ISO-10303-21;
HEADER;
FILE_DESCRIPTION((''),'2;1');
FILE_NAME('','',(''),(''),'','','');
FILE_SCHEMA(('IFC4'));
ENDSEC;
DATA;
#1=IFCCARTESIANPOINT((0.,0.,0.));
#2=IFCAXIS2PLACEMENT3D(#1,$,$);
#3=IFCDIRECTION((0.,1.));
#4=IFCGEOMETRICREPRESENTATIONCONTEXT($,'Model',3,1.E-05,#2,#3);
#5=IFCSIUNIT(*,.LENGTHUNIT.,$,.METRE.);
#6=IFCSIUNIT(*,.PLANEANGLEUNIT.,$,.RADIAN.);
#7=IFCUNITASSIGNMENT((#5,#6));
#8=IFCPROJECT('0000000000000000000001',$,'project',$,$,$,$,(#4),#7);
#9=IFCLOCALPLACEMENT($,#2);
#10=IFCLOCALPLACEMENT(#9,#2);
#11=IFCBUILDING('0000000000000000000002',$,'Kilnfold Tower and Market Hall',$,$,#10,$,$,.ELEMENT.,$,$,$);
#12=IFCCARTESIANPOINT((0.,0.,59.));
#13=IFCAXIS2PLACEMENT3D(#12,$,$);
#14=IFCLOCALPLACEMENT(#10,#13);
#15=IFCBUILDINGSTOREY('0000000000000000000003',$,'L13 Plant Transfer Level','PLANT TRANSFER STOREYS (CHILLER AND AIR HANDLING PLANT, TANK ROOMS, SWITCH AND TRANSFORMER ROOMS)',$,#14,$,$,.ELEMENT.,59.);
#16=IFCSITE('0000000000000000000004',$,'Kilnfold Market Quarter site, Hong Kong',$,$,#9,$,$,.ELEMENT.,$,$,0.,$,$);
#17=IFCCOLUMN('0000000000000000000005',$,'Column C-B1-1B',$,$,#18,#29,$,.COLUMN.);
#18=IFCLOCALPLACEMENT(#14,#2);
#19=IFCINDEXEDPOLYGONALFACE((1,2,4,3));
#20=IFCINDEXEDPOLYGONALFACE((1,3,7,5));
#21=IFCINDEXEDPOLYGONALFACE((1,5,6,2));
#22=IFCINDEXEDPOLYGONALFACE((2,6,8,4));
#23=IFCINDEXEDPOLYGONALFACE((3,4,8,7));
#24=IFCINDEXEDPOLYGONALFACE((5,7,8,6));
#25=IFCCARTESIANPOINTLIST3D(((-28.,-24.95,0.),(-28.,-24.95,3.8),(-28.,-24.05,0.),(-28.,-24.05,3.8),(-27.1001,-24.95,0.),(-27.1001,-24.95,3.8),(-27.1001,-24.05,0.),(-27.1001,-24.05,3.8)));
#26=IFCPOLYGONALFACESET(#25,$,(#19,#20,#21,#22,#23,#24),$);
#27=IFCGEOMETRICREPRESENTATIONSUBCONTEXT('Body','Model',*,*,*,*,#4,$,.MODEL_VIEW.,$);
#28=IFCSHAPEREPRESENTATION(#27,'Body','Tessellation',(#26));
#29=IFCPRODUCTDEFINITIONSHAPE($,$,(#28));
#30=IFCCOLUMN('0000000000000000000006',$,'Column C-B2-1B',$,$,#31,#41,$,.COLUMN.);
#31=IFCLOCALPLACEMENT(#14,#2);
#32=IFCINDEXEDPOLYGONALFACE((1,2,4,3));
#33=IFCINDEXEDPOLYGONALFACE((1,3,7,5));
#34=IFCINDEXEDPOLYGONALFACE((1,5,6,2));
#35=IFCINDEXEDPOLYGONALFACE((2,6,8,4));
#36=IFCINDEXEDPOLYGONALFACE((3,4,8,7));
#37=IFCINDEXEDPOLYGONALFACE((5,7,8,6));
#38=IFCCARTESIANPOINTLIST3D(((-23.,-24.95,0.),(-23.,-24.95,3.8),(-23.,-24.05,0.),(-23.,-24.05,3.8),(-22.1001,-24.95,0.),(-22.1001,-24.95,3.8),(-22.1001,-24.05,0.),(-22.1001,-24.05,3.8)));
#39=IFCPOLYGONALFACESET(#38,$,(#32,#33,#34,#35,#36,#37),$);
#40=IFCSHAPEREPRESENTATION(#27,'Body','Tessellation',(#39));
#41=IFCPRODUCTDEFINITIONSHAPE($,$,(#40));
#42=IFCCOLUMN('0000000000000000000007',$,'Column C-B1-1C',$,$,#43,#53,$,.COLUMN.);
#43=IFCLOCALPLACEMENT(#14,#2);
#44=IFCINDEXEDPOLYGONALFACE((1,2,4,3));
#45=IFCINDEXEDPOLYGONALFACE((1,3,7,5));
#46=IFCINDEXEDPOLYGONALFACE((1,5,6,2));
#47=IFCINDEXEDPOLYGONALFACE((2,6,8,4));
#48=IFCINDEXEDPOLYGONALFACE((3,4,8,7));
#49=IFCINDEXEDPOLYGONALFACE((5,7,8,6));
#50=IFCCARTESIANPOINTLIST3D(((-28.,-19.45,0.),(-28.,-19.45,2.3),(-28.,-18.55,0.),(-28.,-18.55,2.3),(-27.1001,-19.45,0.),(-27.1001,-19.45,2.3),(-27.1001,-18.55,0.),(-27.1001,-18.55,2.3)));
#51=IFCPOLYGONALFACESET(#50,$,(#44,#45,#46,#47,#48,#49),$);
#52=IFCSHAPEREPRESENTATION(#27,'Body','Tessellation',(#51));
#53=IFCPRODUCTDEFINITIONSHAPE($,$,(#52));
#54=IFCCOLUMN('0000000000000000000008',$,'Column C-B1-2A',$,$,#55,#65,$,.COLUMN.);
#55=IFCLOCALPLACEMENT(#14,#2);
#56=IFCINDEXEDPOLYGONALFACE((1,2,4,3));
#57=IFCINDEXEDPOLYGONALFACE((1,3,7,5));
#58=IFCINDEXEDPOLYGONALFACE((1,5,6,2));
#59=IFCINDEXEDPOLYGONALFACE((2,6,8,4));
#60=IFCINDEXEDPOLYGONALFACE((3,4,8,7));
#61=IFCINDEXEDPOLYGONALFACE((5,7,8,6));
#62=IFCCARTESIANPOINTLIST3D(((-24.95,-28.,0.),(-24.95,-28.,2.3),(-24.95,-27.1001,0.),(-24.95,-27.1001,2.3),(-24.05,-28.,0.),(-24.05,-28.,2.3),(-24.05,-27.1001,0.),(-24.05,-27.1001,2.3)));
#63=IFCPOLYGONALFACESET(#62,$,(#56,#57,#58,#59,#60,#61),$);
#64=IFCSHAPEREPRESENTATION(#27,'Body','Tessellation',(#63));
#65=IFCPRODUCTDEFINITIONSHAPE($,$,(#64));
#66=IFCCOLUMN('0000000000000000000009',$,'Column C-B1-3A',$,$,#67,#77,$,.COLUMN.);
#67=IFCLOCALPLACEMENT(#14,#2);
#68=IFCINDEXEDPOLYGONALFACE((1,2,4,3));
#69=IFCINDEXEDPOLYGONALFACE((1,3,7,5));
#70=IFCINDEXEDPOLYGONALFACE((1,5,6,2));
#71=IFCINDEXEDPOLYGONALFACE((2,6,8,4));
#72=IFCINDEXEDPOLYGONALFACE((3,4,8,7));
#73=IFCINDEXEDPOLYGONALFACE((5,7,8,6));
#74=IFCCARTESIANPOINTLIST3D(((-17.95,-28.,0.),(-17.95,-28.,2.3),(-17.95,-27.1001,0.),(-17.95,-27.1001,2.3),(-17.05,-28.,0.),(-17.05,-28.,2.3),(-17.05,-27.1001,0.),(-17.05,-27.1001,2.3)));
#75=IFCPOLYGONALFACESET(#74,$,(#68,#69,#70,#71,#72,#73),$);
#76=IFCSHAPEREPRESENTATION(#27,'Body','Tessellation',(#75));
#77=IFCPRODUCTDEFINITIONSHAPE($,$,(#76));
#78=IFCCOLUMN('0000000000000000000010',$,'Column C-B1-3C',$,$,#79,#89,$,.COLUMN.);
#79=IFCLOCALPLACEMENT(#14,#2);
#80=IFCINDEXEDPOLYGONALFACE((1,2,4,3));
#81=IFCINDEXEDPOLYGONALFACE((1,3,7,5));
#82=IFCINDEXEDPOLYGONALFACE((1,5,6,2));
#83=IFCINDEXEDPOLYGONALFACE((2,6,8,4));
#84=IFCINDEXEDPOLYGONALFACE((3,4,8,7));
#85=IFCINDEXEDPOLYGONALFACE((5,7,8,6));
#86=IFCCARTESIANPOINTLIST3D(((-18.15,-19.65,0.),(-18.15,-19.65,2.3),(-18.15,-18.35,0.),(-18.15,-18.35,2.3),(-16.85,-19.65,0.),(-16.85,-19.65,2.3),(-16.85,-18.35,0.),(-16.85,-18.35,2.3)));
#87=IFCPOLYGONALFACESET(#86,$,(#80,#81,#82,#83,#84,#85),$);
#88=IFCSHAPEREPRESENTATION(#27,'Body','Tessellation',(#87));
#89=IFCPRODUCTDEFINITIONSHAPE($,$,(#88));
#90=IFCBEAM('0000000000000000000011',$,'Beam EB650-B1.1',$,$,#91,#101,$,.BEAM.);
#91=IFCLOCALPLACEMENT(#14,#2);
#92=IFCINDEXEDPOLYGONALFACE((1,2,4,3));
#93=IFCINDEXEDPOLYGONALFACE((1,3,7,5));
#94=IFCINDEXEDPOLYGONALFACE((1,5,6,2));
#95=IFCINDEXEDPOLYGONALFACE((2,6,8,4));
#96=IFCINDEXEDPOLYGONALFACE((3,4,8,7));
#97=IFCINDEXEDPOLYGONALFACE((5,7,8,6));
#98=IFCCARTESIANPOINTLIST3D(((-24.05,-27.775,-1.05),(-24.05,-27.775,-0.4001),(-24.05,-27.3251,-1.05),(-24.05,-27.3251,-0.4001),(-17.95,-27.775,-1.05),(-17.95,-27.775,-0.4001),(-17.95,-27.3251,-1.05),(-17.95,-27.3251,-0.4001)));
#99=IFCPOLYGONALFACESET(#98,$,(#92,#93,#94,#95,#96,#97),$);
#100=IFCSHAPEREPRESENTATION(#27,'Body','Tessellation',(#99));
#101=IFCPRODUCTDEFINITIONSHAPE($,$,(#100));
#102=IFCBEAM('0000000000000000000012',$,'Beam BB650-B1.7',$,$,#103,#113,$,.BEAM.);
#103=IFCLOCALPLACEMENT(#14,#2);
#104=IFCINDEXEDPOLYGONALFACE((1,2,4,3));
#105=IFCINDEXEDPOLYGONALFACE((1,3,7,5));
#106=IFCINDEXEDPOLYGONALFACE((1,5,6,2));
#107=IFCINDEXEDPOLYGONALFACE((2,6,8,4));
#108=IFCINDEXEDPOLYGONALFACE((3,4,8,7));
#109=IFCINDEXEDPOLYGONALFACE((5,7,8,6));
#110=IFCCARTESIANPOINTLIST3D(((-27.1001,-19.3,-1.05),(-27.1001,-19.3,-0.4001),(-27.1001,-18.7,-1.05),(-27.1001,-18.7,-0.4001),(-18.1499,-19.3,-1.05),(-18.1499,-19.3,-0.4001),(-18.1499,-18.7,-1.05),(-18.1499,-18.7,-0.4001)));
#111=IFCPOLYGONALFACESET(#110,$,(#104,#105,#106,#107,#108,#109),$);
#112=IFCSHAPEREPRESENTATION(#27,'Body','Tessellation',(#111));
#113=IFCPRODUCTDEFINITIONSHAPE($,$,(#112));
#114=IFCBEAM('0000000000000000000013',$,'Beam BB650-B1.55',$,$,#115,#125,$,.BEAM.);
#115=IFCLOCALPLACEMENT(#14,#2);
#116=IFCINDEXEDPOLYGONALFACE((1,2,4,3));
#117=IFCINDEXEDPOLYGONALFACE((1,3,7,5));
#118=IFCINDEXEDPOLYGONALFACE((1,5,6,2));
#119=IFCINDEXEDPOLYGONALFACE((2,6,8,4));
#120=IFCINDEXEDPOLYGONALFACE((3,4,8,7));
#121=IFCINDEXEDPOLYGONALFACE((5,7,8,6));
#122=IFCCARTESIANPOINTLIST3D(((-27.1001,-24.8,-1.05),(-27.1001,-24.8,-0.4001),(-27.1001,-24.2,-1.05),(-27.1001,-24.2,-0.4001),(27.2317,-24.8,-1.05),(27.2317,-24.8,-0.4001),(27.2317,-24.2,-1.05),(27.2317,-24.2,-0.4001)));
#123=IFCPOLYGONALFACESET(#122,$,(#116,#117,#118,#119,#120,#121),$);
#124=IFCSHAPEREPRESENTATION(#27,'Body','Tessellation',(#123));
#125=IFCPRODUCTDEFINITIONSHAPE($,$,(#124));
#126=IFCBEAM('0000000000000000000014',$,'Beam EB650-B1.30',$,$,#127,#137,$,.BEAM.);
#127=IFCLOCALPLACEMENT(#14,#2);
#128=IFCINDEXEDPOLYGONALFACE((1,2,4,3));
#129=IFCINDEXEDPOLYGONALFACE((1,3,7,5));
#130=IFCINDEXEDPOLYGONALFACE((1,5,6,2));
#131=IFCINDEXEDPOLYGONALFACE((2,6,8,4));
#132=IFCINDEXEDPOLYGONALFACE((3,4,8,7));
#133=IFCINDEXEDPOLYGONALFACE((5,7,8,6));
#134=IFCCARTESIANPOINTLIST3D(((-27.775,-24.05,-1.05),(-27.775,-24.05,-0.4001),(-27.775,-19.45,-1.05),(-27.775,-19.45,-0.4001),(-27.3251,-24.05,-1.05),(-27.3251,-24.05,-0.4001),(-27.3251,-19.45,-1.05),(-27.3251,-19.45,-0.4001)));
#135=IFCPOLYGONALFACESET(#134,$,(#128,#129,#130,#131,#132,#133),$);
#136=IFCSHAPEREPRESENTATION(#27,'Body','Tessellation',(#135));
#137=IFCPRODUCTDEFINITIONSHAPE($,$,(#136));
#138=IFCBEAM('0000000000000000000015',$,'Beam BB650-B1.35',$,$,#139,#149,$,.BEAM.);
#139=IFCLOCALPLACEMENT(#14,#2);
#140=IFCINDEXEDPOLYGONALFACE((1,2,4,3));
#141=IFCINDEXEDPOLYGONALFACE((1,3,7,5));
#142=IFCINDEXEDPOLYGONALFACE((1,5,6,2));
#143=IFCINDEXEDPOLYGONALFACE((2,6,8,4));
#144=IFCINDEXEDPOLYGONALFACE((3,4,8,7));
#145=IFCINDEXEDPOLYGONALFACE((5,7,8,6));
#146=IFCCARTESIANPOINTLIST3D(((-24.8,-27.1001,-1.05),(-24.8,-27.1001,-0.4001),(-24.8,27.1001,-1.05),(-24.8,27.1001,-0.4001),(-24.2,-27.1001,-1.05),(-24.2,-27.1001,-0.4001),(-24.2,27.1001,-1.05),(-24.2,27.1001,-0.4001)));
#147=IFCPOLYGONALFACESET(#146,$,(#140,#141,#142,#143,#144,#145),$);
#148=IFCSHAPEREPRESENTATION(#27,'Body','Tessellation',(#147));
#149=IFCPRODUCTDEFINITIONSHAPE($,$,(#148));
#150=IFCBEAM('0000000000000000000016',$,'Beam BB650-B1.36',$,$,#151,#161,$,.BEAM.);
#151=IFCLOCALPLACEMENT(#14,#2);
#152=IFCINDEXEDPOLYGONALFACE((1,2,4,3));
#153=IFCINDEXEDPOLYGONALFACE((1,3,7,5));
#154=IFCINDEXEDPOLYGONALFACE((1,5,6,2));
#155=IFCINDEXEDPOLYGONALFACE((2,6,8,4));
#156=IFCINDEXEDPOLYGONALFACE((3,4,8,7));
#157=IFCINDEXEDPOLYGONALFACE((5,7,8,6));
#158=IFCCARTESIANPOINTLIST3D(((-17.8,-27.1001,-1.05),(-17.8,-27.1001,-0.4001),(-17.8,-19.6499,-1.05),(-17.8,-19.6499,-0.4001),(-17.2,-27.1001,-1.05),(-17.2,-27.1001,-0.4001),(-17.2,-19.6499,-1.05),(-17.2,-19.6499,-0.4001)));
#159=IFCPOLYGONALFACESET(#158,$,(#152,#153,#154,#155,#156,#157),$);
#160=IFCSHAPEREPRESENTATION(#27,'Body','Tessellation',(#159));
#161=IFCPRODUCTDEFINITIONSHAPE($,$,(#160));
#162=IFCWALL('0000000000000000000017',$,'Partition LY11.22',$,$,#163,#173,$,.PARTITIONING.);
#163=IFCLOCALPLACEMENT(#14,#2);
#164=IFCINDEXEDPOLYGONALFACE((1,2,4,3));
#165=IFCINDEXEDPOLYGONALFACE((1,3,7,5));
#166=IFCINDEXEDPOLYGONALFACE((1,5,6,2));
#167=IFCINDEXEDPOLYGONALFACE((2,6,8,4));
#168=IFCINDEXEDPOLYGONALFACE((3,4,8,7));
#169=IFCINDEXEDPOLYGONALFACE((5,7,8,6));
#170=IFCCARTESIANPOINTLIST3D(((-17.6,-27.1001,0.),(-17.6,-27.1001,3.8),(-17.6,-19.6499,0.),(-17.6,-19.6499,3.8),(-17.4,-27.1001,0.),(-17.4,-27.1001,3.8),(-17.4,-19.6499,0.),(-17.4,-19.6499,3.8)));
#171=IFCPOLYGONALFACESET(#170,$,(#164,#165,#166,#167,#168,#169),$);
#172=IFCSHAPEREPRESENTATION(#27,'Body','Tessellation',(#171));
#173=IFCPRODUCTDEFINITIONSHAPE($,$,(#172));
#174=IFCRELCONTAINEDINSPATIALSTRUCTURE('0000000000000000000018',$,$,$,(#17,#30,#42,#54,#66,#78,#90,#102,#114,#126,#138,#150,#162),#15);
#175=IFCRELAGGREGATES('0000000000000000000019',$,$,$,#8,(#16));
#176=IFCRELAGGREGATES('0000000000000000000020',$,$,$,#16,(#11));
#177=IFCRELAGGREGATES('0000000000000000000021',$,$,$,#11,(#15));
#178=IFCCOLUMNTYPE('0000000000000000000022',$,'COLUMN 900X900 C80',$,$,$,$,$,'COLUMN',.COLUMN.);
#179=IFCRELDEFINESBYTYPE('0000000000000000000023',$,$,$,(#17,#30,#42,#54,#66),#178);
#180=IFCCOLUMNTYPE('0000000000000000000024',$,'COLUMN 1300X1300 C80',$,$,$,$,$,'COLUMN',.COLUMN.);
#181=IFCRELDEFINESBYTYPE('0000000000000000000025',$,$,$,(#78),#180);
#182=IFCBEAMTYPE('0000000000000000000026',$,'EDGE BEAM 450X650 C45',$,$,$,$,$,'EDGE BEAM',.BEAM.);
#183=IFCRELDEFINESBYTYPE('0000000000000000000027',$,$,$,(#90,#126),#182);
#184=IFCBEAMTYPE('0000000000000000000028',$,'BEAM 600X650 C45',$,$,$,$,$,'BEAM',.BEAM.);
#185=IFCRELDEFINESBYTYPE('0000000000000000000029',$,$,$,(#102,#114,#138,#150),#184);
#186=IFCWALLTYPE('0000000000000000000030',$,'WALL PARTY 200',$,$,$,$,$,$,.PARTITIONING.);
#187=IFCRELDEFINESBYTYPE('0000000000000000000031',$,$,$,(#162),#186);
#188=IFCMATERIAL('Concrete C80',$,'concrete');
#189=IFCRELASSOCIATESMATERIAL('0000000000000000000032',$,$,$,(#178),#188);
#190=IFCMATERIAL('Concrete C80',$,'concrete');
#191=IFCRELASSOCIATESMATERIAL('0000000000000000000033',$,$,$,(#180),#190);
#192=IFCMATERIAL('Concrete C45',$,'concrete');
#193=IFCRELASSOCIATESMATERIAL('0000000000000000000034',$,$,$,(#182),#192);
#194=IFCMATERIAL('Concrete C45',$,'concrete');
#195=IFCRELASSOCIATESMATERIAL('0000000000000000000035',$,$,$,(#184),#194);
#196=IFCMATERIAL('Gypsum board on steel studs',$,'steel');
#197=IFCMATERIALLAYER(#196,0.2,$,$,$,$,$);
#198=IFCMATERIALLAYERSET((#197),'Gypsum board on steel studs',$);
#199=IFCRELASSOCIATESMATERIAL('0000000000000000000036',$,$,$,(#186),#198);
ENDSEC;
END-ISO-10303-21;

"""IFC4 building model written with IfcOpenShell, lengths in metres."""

from ifc_helpers import new_model, si_unit, direction, frame, frame_2d, origin, origin_2d, place, context, subcontext, project, spatial, rectangle, extrude, source, transform, mapped, material, layer, layer_set, material_profile, profile_set, type_object, element, save


model = new_model("IFC4")

# Units and contexts
model_context = context("Model", 3, precision=1e-05, world=origin(), true_north=direction((0.0, 1.0)))
body_context = subcontext(model_context, "Body", "Model", "MODEL_VIEW")
ifc_project = project(units=[si_unit("LENGTHUNIT", "METRE"), si_unit("PLANEANGLEUNIT", "RADIAN")], contexts=[model_context])

# Site, building, storey
site_placement = place(None, origin())
site = spatial("IfcSite", under=ifc_project, at=site_placement, Name="Kilnfold Market Quarter site, Hong Kong", CompositionType="ELEMENT", RefElevation=0.0)
building_placement = place(site_placement, origin())
building = spatial("IfcBuilding", under=site, at=building_placement, Name="Kilnfold Tower and Market Hall", CompositionType="ELEMENT")
storey_placement = place(building_placement, frame((0.0, 0.0, 59.0)))
storey = spatial("IfcBuildingStorey", under=building, at=storey_placement, Name="L13 Plant Transfer Level", Description="PLANT TRANSFER STOREYS (CHILLER AND AIR HANDLING PLANT, TANK ROOMS, SWITCH AND TRANSFORMER ROOMS)", CompositionType="ELEMENT", Elevation=59.0)

# Columns
ifc_material_1 = material(Name="Concrete C80", Category="concrete")
ifc_material_profile_1 = material_profile(ifc_material_1, rectangle(XDim=0.8999, YDim=0.8999, at=origin_2d()), Name="RC 900x900")
ifc_profile_set_1 = profile_set([ifc_material_profile_1], Name="Concrete C80")
column_type_1 = type_object("IfcColumnType", Name="COLUMN 900X900 C80", ElementType="COLUMN", PredefinedType="COLUMN", material=ifc_profile_set_1)
shared_shape_1 = source(origin(), body_context, "Body", "SweptSolid", [
    extrude(rectangle(XDim=0.8999, YDim=0.8999, at=origin_2d()), origin(), (0.0, 0.0, 1.0), 3.8),
])
for number, where, z_axis, x_axis, name in (
    (1, (-27.55, -24.5, 0.0), (0.0, 0.0, 1.0), (1.0, 0.0, 0.0), "Column C-B1-1B"),
    (2, (-22.55, -24.5, 0.0), (0.0, 0.0, 1.0), (1.0, 0.0, 0.0), "Column C-B2-1B"),
):
    element("IfcColumn", number, at=place(storey_placement, frame(where, z_axis=z_axis, x_axis=x_axis)), inside=storey, type_object=column_type_1, Name=name, PredefinedType="COLUMN", context=body_context, shape_type="MappedRepresentation", body=[
        mapped(shared_shape_1, transform((0.0, 0.0, 0.0))),
    ])
shared_shape_2 = source(origin(), body_context, "Body", "SweptSolid", [
    extrude(rectangle(XDim=0.8999, YDim=0.8999, at=origin_2d()), origin(), (0.0, 0.0, 1.0), 2.3),
])
for number, where, z_axis, x_axis, name in (
    (3, (-27.55, -19.0, 0.0), (0.0, 0.0, 1.0), (1.0, 0.0, 0.0), "Column C-B1-1C"),
    (4, (-24.5, -27.55, 0.0), (0.0, 0.0, 1.0), (1.0, 0.0, 0.0), "Column C-B1-2A"),
    (5, (-17.5, -27.55, 0.0), (0.0, 0.0, 1.0), (1.0, 0.0, 0.0), "Column C-B1-3A"),
):
    element("IfcColumn", number, at=place(storey_placement, frame(where, z_axis=z_axis, x_axis=x_axis)), inside=storey, type_object=column_type_1, Name=name, PredefinedType="COLUMN", context=body_context, shape_type="MappedRepresentation", body=[
        mapped(shared_shape_2, transform((0.0, 0.0, 0.0))),
    ])
ifc_material_2 = material(Name="Concrete C80", Category="concrete")
ifc_material_profile_2 = material_profile(ifc_material_2, rectangle(XDim=1.3, YDim=1.3, at=origin_2d()), Name="RC 1300x1300")
ifc_profile_set_2 = profile_set([ifc_material_profile_2], Name="Concrete C80")
column_type_2 = type_object("IfcColumnType", Name="COLUMN 1300X1300 C80", ElementType="COLUMN", PredefinedType="COLUMN", material=ifc_profile_set_2)
shared_shape_3 = source(origin(), body_context, "Body", "SweptSolid", [
    extrude(rectangle(XDim=1.3, YDim=1.3, at=origin_2d()), origin(), (0.0, 0.0, 1.0), 2.3),
])
column_placement = place(storey_placement, frame((-17.5, -19.0, 0.0), z_axis=(0.0, 0.0, 1.0), x_axis=(1.0, 0.0, 0.0)))
element("IfcColumn", 6, at=column_placement, inside=storey, type_object=column_type_2, Name="Column C-B1-3C", PredefinedType="COLUMN", context=body_context, shape_type="MappedRepresentation", body=[
    mapped(shared_shape_3, transform((0.0, 0.0, 0.0))),
])

# Beams
ifc_material_3 = material(Name="Concrete C45", Category="concrete")
ifc_material_profile_3 = material_profile(ifc_material_3, rectangle(XDim=0.45, YDim=0.6499, at=origin_2d()), Name="RC 450x650")
ifc_profile_set_3 = profile_set([ifc_material_profile_3], Name="Concrete C45")
beam_type_1 = type_object("IfcBeamType", Name="EDGE BEAM 450X650 C45", ElementType="EDGE BEAM", PredefinedType="BEAM", material=ifc_profile_set_3)
shared_shape_4 = source(origin(), body_context, "Body", "SweptSolid", [
    extrude(rectangle(XDim=0.45, YDim=0.6499, at=origin_2d()), origin(), (0.0, 0.0, 1.0), 6.1001),
])
beam_1_placement = place(storey_placement, frame((-24.05, -27.55, -0.7251), z_axis=(1.0, 0.0, 0.0), x_axis=(0.0, 1.0, 0.0)))
element("IfcBeam", 7, at=beam_1_placement, inside=storey, type_object=beam_type_1, Name="Beam EB650-B1.1", PredefinedType="BEAM", context=body_context, shape_type="MappedRepresentation", body=[
    mapped(shared_shape_4, transform((0.0, 0.0, 0.0))),
])
ifc_material_4 = material(Name="Concrete C45", Category="concrete")
ifc_material_profile_4 = material_profile(ifc_material_4, rectangle(XDim=0.6001, YDim=0.6499, at=origin_2d()), Name="RC 600x650")
ifc_profile_set_4 = profile_set([ifc_material_profile_4], Name="Concrete C45")
beam_type_2 = type_object("IfcBeamType", Name="BEAM 600X650 C45", ElementType="BEAM", PredefinedType="BEAM", material=ifc_profile_set_4)
shared_shape_5 = source(origin(), body_context, "Body", "SweptSolid", [
    extrude(rectangle(XDim=0.6001, YDim=0.6499, at=origin_2d()), origin(), (0.0, 0.0, 1.0), 8.9502),
])
beam_2_placement = place(storey_placement, frame((-27.1001, -19.0, -0.7251), z_axis=(1.0, 0.0, 0.0), x_axis=(0.0, 1.0, 0.0)))
element("IfcBeam", 8, at=beam_2_placement, inside=storey, type_object=beam_type_2, Name="Beam BB650-B1.7", PredefinedType="BEAM", context=body_context, shape_type="MappedRepresentation", body=[
    mapped(shared_shape_5, transform((0.0, 0.0, 0.0))),
])
shared_shape_6 = source(origin(), body_context, "Body", "SweptSolid", [
    extrude(rectangle(XDim=0.6001, YDim=0.6499, at=origin_2d()), origin(), (0.0, 0.0, 1.0), 54.3318),
])
beam_3_placement = place(storey_placement, frame((-27.1001, -24.5, -0.7251), z_axis=(1.0, 0.0, 0.0), x_axis=(0.0, 1.0, 0.0)))
element("IfcBeam", 9, at=beam_3_placement, inside=storey, type_object=beam_type_2, Name="Beam BB650-B1.55", PredefinedType="BEAM", context=body_context, shape_type="MappedRepresentation", body=[
    mapped(shared_shape_6, transform((0.0, 0.0, 0.0))),
])
shared_shape_7 = source(origin(), body_context, "Body", "SweptSolid", [
    extrude(rectangle(XDim=0.45, YDim=0.6499, at=origin_2d()), origin(), (0.0, 0.0, 1.0), 4.6001),
])
beam_4_placement = place(storey_placement, frame((-27.55, -24.05, -0.7251), z_axis=(0.0, 1.0, 0.0), x_axis=(-1.0, 0.0, 0.0)))
element("IfcBeam", 10, at=beam_4_placement, inside=storey, type_object=beam_type_1, Name="Beam EB650-B1.30", PredefinedType="BEAM", context=body_context, shape_type="MappedRepresentation", body=[
    mapped(shared_shape_7, transform((0.0, 0.0, 0.0))),
])
shared_shape_8 = source(origin(), body_context, "Body", "SweptSolid", [
    extrude(rectangle(XDim=0.6001, YDim=0.6499, at=origin_2d()), origin(), (0.0, 0.0, 1.0), 54.2002),
])
beam_5_placement = place(storey_placement, frame((-24.5, -27.1001, -0.7251), z_axis=(0.0, 1.0, 0.0), x_axis=(-1.0, 0.0, 0.0)))
element("IfcBeam", 11, at=beam_5_placement, inside=storey, type_object=beam_type_2, Name="Beam BB650-B1.35", PredefinedType="BEAM", context=body_context, shape_type="MappedRepresentation", body=[
    mapped(shared_shape_8, transform((0.0, 0.0, 0.0))),
])
shared_shape_9 = source(origin(), body_context, "Body", "SweptSolid", [
    extrude(rectangle(XDim=0.6001, YDim=0.6499, at=origin_2d()), origin(), (0.0, 0.0, 1.0), 7.4502),
])
beam_6_placement = place(storey_placement, frame((-17.5, -27.1001, -0.7251), z_axis=(0.0, 1.0, 0.0), x_axis=(-1.0, 0.0, 0.0)))
element("IfcBeam", 12, at=beam_6_placement, inside=storey, type_object=beam_type_2, Name="Beam BB650-B1.36", PredefinedType="BEAM", context=body_context, shape_type="MappedRepresentation", body=[
    mapped(shared_shape_9, transform((0.0, 0.0, 0.0))),
])

# Wall
ifc_material_5 = material(Name="Gypsum board on steel studs", Category="steel")
ifc_layer_1 = layer(ifc_material_5, 0.2)
ifc_layer_set_1 = layer_set([ifc_layer_1], Name="Gypsum board on steel studs")
wall_type_1 = type_object("IfcWallType", Name="WALL PARTY 200", PredefinedType="PARTITIONING", material=ifc_layer_set_1)
wall_1_placement = place(storey_placement, frame((-17.5, -27.1001, 0.0), z_axis=(0.0, 0.0, 1.0), x_axis=(0.0, 1.0, 0.0)))
element("IfcWall", 13, at=wall_1_placement, inside=storey, type_object=wall_type_1, Name="Partition LY11.22", PredefinedType="PARTITIONING", context=body_context, shape_type="SweptSolid", body=[
    extrude(rectangle(XDim=7.4502, YDim=0.2, at=frame_2d((3.7251, 0.0))), origin(), (0.0, 0.0, 1.0), 3.8),
])

save(model, "model.ifc")
